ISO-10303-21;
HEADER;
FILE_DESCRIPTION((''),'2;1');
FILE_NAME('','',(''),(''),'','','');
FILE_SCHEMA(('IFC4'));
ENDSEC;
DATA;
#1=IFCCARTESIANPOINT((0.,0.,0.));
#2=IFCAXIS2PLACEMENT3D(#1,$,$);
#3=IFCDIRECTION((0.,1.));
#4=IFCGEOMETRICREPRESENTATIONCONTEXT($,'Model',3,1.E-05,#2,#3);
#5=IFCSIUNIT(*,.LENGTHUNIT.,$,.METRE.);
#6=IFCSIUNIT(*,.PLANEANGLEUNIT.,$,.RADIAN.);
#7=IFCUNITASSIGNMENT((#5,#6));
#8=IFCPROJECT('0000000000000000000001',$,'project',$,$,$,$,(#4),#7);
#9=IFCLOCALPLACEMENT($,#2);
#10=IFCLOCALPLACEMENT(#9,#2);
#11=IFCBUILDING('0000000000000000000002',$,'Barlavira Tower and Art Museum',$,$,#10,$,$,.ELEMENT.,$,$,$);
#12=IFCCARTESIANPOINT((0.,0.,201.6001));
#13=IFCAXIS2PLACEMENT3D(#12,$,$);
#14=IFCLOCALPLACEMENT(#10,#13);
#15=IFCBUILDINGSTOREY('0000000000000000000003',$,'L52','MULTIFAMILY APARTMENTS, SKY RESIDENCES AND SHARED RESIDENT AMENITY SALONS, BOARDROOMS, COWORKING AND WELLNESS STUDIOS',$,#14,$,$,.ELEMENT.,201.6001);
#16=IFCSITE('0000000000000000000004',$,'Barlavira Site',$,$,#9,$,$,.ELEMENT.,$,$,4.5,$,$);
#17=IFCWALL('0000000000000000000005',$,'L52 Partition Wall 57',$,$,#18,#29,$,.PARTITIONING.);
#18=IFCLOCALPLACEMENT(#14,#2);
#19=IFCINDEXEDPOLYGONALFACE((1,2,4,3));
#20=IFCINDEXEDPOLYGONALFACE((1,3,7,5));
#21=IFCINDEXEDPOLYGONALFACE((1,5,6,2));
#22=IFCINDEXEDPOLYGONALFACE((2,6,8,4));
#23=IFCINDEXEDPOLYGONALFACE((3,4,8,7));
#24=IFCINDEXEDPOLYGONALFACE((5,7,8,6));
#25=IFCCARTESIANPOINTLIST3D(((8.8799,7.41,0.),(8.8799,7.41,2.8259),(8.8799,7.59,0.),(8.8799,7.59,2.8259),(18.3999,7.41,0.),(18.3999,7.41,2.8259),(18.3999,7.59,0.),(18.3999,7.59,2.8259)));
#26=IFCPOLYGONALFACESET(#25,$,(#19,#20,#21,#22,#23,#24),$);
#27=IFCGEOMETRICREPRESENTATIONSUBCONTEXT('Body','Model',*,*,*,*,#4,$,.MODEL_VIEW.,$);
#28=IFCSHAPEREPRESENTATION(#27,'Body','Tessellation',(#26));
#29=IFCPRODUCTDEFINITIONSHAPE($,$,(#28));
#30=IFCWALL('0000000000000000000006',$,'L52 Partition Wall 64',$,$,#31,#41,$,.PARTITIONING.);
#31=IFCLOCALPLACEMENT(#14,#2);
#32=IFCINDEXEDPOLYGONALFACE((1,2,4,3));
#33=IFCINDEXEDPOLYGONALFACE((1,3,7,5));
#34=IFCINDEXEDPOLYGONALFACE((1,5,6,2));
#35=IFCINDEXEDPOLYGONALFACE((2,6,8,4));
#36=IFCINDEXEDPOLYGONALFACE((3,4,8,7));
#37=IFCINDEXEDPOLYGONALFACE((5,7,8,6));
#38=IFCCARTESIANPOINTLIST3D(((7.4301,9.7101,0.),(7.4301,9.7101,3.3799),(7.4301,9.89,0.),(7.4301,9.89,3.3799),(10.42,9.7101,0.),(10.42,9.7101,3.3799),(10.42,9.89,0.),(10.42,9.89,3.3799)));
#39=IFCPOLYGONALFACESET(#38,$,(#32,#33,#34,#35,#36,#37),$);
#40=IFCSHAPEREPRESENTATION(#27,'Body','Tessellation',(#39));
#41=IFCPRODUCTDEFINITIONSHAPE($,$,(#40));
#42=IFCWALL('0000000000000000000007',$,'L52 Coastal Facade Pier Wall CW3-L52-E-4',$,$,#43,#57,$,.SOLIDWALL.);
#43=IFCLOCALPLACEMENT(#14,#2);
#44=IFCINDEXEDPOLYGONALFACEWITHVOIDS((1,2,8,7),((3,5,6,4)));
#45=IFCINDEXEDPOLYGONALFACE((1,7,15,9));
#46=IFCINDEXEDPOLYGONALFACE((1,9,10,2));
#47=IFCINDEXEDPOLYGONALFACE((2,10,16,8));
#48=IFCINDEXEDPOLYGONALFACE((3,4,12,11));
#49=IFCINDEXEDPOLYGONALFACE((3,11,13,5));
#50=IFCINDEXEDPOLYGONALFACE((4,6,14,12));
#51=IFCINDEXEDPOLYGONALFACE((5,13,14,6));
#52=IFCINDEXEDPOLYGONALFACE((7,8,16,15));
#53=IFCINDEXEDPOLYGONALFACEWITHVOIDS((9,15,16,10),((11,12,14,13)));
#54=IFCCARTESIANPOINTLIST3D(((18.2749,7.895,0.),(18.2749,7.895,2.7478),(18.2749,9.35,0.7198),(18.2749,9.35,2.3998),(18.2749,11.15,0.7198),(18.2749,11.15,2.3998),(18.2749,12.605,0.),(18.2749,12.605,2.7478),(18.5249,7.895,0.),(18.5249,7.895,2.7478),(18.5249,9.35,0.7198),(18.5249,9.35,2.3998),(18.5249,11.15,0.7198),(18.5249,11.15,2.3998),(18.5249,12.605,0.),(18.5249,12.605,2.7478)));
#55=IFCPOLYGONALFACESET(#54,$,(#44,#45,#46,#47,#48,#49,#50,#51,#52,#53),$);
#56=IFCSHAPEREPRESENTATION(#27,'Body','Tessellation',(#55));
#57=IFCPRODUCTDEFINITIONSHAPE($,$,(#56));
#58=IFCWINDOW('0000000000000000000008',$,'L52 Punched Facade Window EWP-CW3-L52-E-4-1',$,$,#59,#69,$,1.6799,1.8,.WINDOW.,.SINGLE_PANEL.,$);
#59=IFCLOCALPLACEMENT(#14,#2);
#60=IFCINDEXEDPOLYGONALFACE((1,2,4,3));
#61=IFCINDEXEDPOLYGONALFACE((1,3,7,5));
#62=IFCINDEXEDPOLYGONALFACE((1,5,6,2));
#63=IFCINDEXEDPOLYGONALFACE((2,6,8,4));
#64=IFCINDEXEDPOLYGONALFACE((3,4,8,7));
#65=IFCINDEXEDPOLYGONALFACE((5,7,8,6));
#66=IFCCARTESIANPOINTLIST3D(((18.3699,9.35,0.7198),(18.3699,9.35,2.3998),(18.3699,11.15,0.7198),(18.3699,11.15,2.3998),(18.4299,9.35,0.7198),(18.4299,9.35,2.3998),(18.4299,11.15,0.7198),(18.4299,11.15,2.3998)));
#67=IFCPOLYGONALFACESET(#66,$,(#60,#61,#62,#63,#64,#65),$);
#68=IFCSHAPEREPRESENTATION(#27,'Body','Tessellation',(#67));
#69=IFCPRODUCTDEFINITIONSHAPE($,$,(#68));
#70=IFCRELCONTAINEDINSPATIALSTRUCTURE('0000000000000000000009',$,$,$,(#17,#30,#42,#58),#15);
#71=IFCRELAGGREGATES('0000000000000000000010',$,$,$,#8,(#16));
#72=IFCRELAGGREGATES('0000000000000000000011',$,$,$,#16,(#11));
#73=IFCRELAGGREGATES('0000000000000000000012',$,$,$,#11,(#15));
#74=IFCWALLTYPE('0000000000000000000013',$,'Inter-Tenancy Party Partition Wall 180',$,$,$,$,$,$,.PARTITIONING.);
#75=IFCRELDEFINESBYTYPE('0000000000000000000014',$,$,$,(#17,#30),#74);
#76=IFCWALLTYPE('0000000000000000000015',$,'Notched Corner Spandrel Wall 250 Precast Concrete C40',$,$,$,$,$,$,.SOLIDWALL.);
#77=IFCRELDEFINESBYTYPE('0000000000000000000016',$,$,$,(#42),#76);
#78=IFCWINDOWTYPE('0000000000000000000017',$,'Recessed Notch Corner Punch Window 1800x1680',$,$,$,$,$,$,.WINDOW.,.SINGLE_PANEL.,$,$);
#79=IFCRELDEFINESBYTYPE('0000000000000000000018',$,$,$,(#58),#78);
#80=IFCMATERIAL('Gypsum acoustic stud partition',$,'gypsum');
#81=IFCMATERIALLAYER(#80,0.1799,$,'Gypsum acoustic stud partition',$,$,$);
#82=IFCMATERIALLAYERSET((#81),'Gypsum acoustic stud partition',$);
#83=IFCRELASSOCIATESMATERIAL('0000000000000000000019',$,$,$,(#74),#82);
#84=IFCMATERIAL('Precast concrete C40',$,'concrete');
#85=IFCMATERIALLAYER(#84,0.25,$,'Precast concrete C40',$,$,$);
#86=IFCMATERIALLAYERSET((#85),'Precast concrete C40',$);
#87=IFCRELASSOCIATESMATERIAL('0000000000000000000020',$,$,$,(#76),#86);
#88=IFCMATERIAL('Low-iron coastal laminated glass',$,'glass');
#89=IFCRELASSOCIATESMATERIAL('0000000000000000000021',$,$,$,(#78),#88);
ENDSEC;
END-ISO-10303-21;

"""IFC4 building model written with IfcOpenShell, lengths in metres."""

from ifc_helpers import new_model, si_unit, direction, frame, frame_2d, origin, place, context, subcontext, project, spatial, rectangle, extrude, material, layer, layer_set, type_object, element, fill, save


model = new_model("IFC4")

# Units and contexts
model_context = context("Model", 3, precision=1e-05, world=origin(), true_north=direction((0.0, 1.0)))
body_context = subcontext(model_context, "Body", "Model", "MODEL_VIEW")
ifc_project = project(units=[si_unit("LENGTHUNIT", "METRE"), si_unit("PLANEANGLEUNIT", "RADIAN")], contexts=[model_context])

# Site, building, storey
site_placement = place(None, origin())
site = spatial("IfcSite", under=ifc_project, at=site_placement, Name="Barlavira Site", CompositionType="ELEMENT", RefElevation=4.5)
building_placement = place(site_placement, origin())
building = spatial("IfcBuilding", under=site, at=building_placement, Name="Barlavira Tower and Art Museum", CompositionType="ELEMENT")
storey_placement = place(building_placement, frame((0.0, 0.0, 201.6001)))
storey = spatial("IfcBuildingStorey", under=building, at=storey_placement, Name="L52", Description="MULTIFAMILY APARTMENTS, SKY RESIDENCES AND SHARED RESIDENT AMENITY SALONS, BOARDROOMS, COWORKING AND WELLNESS STUDIOS", CompositionType="ELEMENT", Elevation=201.6001)

# Shared definitions
ifc_material_1 = material(Name="Low-iron coastal laminated glass", Category="glass")

# Shared definitions
ifc_material_2 = material(Name="Gypsum acoustic stud partition", Category="gypsum")

# Walls
ifc_layer_1 = layer(ifc_material_2, 0.1799, Name="Gypsum acoustic stud partition")
ifc_layer_set_1 = layer_set([ifc_layer_1], Name="Gypsum acoustic stud partition")
wall_type_1 = type_object("IfcWallType", Name="Inter-Tenancy Party Partition Wall 180", PredefinedType="PARTITIONING", material=ifc_layer_set_1)
wall_1_placement = place(storey_placement, frame((8.8799, 7.5, 0.0), z_axis=(0.0, 0.0, 1.0), x_axis=(1.0, 0.0, 0.0)))
element("IfcWall", 1, at=wall_1_placement, inside=storey, type_object=wall_type_1, Name="L52 Partition Wall 57", PredefinedType="PARTITIONING", context=body_context, shape_type="SweptSolid", body=[
    extrude(rectangle(XDim=9.52, YDim=0.1799, at=frame_2d((4.76, 0.0))), origin(), (0.0, 0.0, 1.0), 2.8259),
])
wall_2_placement = place(storey_placement, frame((7.4299, 9.8, 0.0), z_axis=(0.0, 0.0, 1.0), x_axis=(1.0, 0.0, 0.0)))
element("IfcWall", 2, at=wall_2_placement, inside=storey, type_object=wall_type_1, Name="L52 Partition Wall 64", PredefinedType="PARTITIONING", context=body_context, shape_type="SweptSolid", body=[
    extrude(rectangle(XDim=2.99, YDim=0.1799, at=frame_2d((1.4951, 0.0))), origin(), (0.0, 0.0, 1.0), 3.3799),
])

# Wall, opening, window
ifc_material_3 = material(Name="Precast concrete C40", Category="concrete")
ifc_layer_2 = layer(ifc_material_3, 0.25, Name="Precast concrete C40")
ifc_layer_set_2 = layer_set([ifc_layer_2], Name="Precast concrete C40")
wall_type_2 = type_object("IfcWallType", Name="Notched Corner Spandrel Wall 250 Precast Concrete C40", PredefinedType="SOLIDWALL", material=ifc_layer_set_2)
wall_3_placement = place(storey_placement, frame((18.3999, 7.895, 0.0), z_axis=(0.0, 0.0, 1.0), x_axis=(0.0, 1.0, 0.0)))
wall_3 = element("IfcWall", 3, at=wall_3_placement, inside=storey, type_object=wall_type_2, Name="L52 Coastal Facade Pier Wall CW3-L52-E-4", PredefinedType="SOLIDWALL", context=body_context, shape_type="SweptSolid", body=[
    extrude(rectangle(XDim=4.71, YDim=0.25, at=frame_2d((2.355, 0.0))), origin(), (0.0, 0.0, 1.0), 2.7478),
])
opening_1_placement = place(wall_3_placement, frame((1.4551, 0.0, 0.72)))
opening_1 = element("IfcOpeningElement", 4, at=opening_1_placement, cuts=wall_3, PredefinedType="OPENING", context=body_context, shape_type="SweptSolid", body=[
    extrude(rectangle(XDim=1.8, YDim=1.6799, at=frame_2d((0.8999, 0.8398))), frame((0.0, 0.135, 0.0), z_axis=(0.0, -1.0, 0.0), x_axis=(1.0, 0.0, 0.0)), (0.0, 0.0, 1.0), 0.27),
])
window_type = type_object("IfcWindowType", Name="Recessed Notch Corner Punch Window 1800x1680", PartitioningType="SINGLE_PANEL", PredefinedType="WINDOW", material=ifc_material_1)
window_placement = place(opening_1_placement, origin())
window = element("IfcWindow", 5, at=window_placement, inside=storey, type_object=window_type, Name="L52 Punched Facade Window EWP-CW3-L52-E-4-1", OverallHeight=1.6799, OverallWidth=1.8, PartitioningType="SINGLE_PANEL", PredefinedType="WINDOW", context=body_context, shape_type="SweptSolid", body=[
    extrude(rectangle(XDim=1.8, YDim=1.6799, at=frame_2d((0.8999, 0.8398))), frame((0.0, 0.03, 0.0), z_axis=(0.0, -1.0, 0.0), x_axis=(1.0, 0.0, 0.0)), (0.0, 0.0, 1.0), 0.0601),
])
fill(opening_1, window)

save(model, "model.ifc")
